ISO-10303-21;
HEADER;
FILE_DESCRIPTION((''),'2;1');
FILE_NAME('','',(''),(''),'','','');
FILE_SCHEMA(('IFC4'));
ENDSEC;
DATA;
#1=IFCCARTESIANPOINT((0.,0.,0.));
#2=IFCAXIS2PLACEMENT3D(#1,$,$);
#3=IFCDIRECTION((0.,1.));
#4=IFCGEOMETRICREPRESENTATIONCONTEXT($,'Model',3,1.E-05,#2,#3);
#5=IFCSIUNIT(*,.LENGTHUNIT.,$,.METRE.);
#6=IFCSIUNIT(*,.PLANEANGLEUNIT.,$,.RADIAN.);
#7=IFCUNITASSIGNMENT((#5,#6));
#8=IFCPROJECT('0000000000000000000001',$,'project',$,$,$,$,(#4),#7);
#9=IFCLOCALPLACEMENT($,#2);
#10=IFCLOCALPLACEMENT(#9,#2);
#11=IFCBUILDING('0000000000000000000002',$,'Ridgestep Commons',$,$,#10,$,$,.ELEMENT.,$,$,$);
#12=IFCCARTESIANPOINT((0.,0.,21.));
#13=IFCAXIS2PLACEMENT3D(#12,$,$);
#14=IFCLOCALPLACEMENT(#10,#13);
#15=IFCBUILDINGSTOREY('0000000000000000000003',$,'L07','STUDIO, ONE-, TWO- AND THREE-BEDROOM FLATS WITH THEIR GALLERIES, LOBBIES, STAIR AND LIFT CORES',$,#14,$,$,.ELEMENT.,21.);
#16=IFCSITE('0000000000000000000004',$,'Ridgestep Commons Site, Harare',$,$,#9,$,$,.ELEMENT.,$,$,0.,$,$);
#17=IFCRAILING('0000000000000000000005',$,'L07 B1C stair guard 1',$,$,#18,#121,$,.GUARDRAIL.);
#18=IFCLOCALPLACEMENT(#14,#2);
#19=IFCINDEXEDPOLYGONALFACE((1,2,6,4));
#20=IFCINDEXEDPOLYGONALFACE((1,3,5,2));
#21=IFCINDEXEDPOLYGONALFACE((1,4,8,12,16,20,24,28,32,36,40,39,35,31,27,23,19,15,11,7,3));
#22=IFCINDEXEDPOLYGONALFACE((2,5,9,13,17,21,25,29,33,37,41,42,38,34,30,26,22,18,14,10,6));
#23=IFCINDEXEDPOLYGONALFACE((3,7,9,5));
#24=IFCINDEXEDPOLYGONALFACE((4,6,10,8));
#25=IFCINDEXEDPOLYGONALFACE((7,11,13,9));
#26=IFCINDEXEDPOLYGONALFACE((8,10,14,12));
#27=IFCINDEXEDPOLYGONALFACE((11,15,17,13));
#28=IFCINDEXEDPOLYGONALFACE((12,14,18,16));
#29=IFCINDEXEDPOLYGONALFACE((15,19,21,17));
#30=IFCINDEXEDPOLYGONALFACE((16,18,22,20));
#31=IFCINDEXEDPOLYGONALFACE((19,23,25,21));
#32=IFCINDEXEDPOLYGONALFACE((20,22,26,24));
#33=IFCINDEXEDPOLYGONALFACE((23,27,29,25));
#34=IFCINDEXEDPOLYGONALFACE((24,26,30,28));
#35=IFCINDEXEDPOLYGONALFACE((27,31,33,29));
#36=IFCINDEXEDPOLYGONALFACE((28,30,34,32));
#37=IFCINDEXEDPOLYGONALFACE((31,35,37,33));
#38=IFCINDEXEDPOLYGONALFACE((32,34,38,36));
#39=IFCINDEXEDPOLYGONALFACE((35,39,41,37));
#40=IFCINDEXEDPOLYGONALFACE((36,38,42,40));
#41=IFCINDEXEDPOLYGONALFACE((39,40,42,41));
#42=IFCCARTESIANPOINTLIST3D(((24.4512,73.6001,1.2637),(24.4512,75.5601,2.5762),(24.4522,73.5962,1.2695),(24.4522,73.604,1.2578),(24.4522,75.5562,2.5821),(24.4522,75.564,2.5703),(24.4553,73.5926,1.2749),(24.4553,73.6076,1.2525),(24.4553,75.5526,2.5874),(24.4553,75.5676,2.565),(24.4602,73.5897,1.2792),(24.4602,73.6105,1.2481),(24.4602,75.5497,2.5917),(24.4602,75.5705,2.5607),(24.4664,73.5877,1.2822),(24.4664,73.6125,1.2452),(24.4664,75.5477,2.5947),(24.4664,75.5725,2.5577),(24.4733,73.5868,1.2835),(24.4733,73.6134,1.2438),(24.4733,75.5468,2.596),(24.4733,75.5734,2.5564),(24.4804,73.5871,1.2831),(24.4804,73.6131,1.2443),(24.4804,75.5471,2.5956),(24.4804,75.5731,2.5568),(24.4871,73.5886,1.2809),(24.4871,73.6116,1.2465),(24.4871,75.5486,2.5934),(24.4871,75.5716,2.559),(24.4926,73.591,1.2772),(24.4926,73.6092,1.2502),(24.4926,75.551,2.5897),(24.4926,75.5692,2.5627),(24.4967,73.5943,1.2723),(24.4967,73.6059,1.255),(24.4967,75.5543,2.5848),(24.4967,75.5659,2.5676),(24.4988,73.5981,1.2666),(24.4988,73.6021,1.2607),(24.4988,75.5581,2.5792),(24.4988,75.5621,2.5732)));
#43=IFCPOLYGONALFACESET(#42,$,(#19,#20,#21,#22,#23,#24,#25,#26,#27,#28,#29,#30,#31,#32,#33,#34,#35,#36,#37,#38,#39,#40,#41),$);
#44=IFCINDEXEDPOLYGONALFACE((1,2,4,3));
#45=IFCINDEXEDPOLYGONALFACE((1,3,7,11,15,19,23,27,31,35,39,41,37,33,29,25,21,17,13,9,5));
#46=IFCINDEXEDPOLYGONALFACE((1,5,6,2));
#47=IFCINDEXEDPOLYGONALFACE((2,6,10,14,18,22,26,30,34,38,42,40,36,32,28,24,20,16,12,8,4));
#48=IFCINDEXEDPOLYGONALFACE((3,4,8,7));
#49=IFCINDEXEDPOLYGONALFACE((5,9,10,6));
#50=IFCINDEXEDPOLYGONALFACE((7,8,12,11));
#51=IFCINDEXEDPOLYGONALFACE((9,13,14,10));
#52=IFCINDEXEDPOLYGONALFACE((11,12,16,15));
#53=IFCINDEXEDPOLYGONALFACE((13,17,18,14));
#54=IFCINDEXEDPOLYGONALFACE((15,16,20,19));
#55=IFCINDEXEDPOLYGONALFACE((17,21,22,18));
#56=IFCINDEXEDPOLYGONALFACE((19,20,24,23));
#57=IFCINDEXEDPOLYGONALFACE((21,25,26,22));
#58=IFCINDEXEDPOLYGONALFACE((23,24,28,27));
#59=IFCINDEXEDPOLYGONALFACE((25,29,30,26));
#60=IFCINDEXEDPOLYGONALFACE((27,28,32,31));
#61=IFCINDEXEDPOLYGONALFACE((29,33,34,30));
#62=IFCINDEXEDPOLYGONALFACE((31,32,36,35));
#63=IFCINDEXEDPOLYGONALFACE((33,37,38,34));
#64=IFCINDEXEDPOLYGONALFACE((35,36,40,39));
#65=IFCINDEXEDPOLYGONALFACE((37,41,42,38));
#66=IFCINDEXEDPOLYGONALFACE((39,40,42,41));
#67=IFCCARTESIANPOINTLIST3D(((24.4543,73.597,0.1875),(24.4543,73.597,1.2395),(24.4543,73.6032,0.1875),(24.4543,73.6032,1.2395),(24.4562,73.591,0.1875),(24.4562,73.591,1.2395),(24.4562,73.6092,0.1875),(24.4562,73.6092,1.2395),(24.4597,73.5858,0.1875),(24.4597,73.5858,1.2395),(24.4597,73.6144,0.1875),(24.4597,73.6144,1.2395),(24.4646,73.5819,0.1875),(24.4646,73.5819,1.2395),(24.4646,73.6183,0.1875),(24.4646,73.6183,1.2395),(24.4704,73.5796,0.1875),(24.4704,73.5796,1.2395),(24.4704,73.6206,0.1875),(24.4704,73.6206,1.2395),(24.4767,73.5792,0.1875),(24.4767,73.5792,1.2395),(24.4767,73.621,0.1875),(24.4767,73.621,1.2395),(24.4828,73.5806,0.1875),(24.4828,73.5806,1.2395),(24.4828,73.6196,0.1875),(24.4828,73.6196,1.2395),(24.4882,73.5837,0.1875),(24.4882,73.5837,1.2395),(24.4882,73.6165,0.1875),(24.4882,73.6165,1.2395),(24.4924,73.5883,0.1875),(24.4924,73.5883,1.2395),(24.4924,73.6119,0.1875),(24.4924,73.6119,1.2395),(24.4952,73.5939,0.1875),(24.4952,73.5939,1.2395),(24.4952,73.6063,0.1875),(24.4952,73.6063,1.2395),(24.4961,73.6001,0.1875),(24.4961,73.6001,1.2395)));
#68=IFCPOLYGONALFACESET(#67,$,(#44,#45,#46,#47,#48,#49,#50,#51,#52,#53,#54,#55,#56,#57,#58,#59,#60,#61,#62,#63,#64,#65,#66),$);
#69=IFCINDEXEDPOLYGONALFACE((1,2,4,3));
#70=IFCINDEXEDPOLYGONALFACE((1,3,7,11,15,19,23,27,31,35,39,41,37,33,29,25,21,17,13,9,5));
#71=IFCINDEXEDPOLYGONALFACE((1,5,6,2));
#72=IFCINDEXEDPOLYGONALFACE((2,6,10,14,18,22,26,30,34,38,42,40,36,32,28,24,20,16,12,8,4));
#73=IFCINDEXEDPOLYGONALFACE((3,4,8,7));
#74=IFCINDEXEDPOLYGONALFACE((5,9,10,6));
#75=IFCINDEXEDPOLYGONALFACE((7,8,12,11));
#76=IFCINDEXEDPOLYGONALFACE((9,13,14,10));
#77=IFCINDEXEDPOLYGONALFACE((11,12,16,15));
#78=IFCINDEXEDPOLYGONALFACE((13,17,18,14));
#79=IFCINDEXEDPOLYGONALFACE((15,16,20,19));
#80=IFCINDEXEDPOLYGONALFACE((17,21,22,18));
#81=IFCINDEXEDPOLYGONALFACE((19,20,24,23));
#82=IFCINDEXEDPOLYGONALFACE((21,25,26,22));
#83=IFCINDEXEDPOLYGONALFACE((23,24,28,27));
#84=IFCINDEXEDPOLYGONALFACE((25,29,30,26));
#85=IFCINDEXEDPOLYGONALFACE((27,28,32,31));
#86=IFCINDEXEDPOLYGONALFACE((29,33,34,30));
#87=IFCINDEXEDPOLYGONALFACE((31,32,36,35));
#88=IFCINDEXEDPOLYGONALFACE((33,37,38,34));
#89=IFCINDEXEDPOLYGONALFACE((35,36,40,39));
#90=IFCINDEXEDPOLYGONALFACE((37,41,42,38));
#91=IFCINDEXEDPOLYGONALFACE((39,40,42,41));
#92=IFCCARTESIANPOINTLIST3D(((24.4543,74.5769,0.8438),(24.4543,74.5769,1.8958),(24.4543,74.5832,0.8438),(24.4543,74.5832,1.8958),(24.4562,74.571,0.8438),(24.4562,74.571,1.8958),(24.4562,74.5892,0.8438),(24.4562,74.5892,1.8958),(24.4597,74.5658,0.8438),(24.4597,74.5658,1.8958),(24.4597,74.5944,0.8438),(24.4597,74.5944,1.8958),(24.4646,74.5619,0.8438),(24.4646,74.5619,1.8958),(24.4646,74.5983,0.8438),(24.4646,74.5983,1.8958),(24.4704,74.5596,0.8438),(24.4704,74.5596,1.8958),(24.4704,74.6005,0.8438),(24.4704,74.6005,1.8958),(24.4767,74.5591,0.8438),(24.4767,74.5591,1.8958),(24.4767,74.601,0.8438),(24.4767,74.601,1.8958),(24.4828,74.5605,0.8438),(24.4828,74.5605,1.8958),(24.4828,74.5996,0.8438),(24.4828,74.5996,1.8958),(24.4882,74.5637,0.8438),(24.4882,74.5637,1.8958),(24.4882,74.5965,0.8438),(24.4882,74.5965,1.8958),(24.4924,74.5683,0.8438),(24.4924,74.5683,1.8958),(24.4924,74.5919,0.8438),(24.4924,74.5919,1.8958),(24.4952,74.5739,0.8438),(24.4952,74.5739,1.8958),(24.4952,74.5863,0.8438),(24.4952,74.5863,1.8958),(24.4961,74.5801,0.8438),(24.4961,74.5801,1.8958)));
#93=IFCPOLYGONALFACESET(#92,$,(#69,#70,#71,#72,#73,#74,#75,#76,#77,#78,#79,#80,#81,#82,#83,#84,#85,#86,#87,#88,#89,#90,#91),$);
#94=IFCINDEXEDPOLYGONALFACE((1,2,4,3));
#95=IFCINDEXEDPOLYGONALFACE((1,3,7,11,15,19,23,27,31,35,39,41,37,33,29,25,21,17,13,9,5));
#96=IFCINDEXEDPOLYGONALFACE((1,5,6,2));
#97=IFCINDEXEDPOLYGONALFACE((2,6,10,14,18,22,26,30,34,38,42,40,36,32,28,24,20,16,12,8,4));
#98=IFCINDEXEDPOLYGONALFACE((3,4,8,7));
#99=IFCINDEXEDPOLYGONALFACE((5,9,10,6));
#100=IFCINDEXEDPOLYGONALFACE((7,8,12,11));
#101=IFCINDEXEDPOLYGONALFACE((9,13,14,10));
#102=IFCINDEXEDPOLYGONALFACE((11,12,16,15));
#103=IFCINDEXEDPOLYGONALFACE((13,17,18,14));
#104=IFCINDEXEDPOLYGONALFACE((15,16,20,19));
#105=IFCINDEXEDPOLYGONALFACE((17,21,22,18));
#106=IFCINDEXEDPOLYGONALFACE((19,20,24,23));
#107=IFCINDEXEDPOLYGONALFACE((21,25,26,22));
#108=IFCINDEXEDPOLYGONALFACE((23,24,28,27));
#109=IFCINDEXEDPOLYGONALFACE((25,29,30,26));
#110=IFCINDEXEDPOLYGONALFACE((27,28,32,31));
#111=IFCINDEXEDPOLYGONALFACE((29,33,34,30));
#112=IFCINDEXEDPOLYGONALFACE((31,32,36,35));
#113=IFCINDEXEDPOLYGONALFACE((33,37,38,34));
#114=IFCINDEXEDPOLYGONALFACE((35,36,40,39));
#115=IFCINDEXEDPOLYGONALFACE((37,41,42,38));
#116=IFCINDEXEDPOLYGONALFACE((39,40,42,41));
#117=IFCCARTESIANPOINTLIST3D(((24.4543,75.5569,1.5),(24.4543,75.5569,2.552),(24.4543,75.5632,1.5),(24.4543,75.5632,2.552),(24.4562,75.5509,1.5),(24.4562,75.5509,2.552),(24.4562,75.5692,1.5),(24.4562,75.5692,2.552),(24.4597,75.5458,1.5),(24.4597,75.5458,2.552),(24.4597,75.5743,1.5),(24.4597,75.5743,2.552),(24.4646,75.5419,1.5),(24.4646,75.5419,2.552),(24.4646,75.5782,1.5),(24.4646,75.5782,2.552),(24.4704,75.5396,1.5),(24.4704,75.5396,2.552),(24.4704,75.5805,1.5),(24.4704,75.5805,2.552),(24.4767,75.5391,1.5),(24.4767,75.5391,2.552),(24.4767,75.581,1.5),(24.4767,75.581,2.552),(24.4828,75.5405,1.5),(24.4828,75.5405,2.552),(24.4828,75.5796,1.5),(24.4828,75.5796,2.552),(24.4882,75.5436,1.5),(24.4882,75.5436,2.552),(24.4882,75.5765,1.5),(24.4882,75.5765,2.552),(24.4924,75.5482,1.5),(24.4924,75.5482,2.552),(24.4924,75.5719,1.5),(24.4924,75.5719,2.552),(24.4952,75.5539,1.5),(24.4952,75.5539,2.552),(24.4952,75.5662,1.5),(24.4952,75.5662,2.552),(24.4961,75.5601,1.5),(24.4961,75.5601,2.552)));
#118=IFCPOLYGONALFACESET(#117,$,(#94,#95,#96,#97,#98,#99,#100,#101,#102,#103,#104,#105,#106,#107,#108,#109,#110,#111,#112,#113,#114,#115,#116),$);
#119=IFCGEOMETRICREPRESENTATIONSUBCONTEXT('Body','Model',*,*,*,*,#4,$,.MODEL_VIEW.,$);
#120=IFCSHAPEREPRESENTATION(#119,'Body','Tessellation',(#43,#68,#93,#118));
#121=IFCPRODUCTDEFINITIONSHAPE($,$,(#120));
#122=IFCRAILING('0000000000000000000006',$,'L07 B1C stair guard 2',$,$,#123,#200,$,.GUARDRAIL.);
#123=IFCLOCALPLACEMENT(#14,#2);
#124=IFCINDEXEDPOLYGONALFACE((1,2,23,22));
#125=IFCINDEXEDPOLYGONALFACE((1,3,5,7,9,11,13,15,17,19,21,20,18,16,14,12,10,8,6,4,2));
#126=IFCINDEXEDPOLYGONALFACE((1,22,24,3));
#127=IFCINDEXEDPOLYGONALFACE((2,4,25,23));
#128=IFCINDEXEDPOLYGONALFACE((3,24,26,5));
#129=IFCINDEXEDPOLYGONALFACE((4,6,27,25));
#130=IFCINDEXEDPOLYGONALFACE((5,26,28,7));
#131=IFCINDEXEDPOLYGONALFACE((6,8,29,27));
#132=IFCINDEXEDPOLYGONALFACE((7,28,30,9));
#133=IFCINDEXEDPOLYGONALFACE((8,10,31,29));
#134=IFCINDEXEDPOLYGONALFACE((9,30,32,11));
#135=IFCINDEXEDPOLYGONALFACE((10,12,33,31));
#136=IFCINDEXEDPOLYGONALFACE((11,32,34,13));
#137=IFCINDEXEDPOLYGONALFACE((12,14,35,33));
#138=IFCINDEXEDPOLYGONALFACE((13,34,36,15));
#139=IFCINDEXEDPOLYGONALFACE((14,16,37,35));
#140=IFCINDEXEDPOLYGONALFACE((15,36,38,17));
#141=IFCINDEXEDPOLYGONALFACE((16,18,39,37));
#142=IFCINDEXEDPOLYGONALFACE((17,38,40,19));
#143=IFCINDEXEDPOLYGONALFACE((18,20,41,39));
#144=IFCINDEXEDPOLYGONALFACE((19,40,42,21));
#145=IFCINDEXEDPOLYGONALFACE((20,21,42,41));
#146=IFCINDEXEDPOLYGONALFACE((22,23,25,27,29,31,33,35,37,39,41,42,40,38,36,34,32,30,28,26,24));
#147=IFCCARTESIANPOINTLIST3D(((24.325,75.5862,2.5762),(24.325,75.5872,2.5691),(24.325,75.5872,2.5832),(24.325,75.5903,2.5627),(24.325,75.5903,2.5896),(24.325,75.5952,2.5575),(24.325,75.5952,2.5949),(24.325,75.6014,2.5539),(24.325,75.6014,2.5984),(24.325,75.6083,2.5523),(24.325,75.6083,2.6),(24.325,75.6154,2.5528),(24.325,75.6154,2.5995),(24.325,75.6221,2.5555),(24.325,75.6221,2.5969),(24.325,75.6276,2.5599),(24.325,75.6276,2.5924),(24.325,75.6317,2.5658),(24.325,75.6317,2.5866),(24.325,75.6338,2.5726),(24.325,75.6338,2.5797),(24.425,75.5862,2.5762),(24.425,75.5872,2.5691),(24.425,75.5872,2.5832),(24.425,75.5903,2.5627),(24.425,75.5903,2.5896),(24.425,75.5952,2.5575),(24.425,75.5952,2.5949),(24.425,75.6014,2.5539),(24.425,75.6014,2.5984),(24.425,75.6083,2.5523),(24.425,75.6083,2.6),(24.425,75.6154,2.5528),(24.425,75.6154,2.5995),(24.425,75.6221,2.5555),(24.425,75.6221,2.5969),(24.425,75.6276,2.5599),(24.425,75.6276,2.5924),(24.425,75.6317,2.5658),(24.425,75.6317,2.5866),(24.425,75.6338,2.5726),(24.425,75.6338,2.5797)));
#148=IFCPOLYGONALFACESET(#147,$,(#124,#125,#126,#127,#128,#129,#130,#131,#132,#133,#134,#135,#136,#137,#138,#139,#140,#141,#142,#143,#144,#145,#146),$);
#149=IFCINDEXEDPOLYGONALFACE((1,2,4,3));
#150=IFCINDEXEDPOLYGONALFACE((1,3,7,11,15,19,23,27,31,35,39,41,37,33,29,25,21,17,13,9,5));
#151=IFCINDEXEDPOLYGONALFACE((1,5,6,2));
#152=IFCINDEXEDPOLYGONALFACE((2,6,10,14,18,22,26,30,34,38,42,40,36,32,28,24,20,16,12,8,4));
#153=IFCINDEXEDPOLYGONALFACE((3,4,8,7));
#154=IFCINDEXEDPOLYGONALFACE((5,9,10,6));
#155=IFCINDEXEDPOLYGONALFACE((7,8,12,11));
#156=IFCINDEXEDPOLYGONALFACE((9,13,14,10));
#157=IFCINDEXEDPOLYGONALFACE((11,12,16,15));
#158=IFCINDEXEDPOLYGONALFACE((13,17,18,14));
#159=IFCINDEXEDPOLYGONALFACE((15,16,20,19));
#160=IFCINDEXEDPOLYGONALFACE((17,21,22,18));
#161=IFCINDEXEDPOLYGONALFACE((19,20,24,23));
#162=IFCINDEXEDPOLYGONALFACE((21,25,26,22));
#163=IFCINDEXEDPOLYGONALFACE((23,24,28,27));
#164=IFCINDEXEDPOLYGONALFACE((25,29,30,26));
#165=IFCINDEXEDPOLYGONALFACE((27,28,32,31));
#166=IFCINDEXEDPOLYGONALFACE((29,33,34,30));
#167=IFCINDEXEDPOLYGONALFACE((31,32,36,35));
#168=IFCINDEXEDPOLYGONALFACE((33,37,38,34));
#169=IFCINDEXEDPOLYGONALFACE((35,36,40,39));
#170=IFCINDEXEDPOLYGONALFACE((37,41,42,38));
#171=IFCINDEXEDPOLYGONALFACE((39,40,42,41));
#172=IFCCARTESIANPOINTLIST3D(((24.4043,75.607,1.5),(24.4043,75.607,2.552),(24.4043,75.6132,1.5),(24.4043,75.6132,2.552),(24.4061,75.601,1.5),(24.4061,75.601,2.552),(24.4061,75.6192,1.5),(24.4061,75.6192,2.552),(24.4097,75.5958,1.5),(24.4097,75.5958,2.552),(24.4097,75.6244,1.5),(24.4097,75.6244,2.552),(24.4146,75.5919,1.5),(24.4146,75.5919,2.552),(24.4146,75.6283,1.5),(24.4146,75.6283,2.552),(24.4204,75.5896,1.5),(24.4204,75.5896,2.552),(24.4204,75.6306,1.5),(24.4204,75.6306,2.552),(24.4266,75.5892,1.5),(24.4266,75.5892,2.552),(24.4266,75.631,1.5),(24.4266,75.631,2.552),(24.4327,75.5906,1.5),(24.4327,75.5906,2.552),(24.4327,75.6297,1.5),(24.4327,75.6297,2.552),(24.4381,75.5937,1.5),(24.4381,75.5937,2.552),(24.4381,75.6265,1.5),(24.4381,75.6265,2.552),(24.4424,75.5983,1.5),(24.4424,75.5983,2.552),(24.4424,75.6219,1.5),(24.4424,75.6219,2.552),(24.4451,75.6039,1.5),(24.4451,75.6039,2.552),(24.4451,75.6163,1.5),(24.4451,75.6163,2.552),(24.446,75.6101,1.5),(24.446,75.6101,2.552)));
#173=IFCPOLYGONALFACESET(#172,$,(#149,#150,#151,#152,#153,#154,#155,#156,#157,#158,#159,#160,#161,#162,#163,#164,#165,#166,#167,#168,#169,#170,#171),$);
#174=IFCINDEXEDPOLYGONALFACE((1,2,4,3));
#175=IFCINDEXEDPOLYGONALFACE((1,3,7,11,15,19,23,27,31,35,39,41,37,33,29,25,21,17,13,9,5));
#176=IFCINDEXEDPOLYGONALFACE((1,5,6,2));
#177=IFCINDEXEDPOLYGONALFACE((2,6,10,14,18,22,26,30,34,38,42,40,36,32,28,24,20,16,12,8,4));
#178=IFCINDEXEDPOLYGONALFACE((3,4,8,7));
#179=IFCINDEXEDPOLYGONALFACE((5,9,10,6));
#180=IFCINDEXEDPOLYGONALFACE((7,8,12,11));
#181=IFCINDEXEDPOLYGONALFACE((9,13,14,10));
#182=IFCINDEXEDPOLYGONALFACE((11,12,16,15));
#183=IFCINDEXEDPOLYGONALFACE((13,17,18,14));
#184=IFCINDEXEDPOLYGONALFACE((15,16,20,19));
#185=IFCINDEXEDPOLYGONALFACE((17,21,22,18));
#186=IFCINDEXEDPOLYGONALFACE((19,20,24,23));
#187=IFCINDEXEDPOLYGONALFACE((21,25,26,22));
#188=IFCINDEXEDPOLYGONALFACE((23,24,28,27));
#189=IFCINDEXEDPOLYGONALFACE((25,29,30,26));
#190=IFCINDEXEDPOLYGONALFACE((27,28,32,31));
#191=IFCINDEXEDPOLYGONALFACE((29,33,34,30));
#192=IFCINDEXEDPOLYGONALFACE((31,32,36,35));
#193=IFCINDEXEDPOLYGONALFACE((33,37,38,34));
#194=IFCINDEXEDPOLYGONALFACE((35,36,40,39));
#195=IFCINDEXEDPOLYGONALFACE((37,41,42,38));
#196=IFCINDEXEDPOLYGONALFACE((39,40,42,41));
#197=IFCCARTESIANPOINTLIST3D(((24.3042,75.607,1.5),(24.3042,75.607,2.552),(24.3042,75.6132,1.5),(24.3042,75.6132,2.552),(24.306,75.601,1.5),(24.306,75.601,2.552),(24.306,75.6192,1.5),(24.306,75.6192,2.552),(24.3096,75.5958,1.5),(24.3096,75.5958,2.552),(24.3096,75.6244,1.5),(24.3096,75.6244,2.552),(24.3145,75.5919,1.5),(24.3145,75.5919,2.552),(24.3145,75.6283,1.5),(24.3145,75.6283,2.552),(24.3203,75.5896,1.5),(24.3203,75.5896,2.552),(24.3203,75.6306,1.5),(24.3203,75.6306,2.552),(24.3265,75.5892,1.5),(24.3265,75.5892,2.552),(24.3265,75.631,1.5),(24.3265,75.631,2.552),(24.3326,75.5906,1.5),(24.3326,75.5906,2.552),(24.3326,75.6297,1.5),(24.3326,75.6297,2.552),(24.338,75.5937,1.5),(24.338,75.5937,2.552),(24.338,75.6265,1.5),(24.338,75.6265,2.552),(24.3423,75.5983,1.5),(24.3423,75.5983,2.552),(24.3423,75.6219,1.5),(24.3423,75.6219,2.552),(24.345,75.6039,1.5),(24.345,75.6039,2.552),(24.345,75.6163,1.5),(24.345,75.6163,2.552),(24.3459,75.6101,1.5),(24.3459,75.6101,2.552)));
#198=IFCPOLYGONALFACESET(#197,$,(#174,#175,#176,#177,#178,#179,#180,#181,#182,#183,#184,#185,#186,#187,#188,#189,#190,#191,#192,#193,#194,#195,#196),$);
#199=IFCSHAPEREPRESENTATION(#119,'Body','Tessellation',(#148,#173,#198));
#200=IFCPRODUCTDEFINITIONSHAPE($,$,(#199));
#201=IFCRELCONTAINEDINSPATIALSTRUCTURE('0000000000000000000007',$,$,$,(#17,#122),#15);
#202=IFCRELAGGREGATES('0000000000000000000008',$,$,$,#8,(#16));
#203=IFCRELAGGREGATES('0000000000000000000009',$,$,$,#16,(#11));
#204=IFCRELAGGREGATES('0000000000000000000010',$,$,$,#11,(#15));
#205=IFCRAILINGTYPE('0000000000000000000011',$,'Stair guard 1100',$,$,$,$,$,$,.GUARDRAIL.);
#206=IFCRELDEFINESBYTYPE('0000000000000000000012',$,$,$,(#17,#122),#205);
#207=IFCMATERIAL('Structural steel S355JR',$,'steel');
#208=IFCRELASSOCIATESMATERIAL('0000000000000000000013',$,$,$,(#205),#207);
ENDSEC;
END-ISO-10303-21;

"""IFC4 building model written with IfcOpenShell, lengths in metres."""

from ifc_helpers import new_model, si_unit, direction, frame, origin, origin_2d, place, context, subcontext, project, spatial, circle, extrude, material, type_object, element, save


model = new_model("IFC4")

# Units and contexts
model_context = context("Model", 3, precision=1e-05, world=origin(), true_north=direction((0.0, 1.0)))
body_context = subcontext(model_context, "Body", "Model", "MODEL_VIEW")
ifc_project = project(units=[si_unit("LENGTHUNIT", "METRE"), si_unit("PLANEANGLEUNIT", "RADIAN")], contexts=[model_context])

# Site, building, storey
site_placement = place(None, origin())
site = spatial("IfcSite", under=ifc_project, at=site_placement, Name="Ridgestep Commons Site, Harare", CompositionType="ELEMENT", RefElevation=0.0)
building_placement = place(site_placement, origin())
building = spatial("IfcBuilding", under=site, at=building_placement, Name="Ridgestep Commons", CompositionType="ELEMENT")
storey_placement = place(building_placement, frame((0.0, 0.0, 21.0)))
storey = spatial("IfcBuildingStorey", under=building, at=storey_placement, Name="L07", Description="STUDIO, ONE-, TWO- AND THREE-BEDROOM FLATS WITH THEIR GALLERIES, LOBBIES, STAIR AND LIFT CORES", CompositionType="ELEMENT", Elevation=21.0)

# Railings
ifc_material_1 = material(Name="Structural steel S355JR", Category="steel")
railing_type_1 = type_object("IfcRailingType", Name="Stair guard 1100", PredefinedType="GUARDRAIL", material=ifc_material_1)
railing_1_placement = place(storey_placement, frame((24.4751, 73.6001, 0.1875)))
element("IfcRailing", 1, at=railing_1_placement, inside=storey, type_object=railing_type_1, Name="L07 B1C stair guard 1", PredefinedType="GUARDRAIL", context=body_context, shape_type="SweptSolid", body=[
    extrude(circle(Radius=0.0239, at=origin_2d()), frame((0.0, 0.0, 1.0762), z_axis=(0.0, 0.830902, 0.556419), x_axis=(-1.0, 0.0, 0.0)), (0.0, 0.0, 1.0), 2.3589),
    extrude(circle(Radius=0.021, at=origin_2d()), origin(), (0.0, 0.0, 1.0), 1.052),
    extrude(circle(Radius=0.021, at=origin_2d()), frame((0.0, 0.98, 0.6562)), (0.0, 0.0, 1.0), 1.052),
    extrude(circle(Radius=0.021, at=origin_2d()), frame((0.0, 1.96, 1.3125)), (0.0, 0.0, 1.0), 1.052),
])
railing_2_placement = place(storey_placement, frame((24.425, 75.6101, 1.5)))
element("IfcRailing", 2, at=railing_2_placement, inside=storey, type_object=railing_type_1, Name="L07 B1C stair guard 2", PredefinedType="GUARDRAIL", context=body_context, shape_type="SweptSolid", body=[
    extrude(circle(Radius=0.0239, at=origin_2d()), frame((0.0, 0.0, 1.0762), z_axis=(-1.0, 0.0, 0.0), x_axis=(0.0, -1.0, 0.0)), (0.0, 0.0, 1.0), 0.1001),
    extrude(circle(Radius=0.021, at=origin_2d()), origin(), (0.0, 0.0, 1.0), 1.052),
    extrude(circle(Radius=0.021, at=origin_2d()), frame((-0.1001, 0.0, 0.0)), (0.0, 0.0, 1.0), 1.052),
])

save(model, "model.ifc")
